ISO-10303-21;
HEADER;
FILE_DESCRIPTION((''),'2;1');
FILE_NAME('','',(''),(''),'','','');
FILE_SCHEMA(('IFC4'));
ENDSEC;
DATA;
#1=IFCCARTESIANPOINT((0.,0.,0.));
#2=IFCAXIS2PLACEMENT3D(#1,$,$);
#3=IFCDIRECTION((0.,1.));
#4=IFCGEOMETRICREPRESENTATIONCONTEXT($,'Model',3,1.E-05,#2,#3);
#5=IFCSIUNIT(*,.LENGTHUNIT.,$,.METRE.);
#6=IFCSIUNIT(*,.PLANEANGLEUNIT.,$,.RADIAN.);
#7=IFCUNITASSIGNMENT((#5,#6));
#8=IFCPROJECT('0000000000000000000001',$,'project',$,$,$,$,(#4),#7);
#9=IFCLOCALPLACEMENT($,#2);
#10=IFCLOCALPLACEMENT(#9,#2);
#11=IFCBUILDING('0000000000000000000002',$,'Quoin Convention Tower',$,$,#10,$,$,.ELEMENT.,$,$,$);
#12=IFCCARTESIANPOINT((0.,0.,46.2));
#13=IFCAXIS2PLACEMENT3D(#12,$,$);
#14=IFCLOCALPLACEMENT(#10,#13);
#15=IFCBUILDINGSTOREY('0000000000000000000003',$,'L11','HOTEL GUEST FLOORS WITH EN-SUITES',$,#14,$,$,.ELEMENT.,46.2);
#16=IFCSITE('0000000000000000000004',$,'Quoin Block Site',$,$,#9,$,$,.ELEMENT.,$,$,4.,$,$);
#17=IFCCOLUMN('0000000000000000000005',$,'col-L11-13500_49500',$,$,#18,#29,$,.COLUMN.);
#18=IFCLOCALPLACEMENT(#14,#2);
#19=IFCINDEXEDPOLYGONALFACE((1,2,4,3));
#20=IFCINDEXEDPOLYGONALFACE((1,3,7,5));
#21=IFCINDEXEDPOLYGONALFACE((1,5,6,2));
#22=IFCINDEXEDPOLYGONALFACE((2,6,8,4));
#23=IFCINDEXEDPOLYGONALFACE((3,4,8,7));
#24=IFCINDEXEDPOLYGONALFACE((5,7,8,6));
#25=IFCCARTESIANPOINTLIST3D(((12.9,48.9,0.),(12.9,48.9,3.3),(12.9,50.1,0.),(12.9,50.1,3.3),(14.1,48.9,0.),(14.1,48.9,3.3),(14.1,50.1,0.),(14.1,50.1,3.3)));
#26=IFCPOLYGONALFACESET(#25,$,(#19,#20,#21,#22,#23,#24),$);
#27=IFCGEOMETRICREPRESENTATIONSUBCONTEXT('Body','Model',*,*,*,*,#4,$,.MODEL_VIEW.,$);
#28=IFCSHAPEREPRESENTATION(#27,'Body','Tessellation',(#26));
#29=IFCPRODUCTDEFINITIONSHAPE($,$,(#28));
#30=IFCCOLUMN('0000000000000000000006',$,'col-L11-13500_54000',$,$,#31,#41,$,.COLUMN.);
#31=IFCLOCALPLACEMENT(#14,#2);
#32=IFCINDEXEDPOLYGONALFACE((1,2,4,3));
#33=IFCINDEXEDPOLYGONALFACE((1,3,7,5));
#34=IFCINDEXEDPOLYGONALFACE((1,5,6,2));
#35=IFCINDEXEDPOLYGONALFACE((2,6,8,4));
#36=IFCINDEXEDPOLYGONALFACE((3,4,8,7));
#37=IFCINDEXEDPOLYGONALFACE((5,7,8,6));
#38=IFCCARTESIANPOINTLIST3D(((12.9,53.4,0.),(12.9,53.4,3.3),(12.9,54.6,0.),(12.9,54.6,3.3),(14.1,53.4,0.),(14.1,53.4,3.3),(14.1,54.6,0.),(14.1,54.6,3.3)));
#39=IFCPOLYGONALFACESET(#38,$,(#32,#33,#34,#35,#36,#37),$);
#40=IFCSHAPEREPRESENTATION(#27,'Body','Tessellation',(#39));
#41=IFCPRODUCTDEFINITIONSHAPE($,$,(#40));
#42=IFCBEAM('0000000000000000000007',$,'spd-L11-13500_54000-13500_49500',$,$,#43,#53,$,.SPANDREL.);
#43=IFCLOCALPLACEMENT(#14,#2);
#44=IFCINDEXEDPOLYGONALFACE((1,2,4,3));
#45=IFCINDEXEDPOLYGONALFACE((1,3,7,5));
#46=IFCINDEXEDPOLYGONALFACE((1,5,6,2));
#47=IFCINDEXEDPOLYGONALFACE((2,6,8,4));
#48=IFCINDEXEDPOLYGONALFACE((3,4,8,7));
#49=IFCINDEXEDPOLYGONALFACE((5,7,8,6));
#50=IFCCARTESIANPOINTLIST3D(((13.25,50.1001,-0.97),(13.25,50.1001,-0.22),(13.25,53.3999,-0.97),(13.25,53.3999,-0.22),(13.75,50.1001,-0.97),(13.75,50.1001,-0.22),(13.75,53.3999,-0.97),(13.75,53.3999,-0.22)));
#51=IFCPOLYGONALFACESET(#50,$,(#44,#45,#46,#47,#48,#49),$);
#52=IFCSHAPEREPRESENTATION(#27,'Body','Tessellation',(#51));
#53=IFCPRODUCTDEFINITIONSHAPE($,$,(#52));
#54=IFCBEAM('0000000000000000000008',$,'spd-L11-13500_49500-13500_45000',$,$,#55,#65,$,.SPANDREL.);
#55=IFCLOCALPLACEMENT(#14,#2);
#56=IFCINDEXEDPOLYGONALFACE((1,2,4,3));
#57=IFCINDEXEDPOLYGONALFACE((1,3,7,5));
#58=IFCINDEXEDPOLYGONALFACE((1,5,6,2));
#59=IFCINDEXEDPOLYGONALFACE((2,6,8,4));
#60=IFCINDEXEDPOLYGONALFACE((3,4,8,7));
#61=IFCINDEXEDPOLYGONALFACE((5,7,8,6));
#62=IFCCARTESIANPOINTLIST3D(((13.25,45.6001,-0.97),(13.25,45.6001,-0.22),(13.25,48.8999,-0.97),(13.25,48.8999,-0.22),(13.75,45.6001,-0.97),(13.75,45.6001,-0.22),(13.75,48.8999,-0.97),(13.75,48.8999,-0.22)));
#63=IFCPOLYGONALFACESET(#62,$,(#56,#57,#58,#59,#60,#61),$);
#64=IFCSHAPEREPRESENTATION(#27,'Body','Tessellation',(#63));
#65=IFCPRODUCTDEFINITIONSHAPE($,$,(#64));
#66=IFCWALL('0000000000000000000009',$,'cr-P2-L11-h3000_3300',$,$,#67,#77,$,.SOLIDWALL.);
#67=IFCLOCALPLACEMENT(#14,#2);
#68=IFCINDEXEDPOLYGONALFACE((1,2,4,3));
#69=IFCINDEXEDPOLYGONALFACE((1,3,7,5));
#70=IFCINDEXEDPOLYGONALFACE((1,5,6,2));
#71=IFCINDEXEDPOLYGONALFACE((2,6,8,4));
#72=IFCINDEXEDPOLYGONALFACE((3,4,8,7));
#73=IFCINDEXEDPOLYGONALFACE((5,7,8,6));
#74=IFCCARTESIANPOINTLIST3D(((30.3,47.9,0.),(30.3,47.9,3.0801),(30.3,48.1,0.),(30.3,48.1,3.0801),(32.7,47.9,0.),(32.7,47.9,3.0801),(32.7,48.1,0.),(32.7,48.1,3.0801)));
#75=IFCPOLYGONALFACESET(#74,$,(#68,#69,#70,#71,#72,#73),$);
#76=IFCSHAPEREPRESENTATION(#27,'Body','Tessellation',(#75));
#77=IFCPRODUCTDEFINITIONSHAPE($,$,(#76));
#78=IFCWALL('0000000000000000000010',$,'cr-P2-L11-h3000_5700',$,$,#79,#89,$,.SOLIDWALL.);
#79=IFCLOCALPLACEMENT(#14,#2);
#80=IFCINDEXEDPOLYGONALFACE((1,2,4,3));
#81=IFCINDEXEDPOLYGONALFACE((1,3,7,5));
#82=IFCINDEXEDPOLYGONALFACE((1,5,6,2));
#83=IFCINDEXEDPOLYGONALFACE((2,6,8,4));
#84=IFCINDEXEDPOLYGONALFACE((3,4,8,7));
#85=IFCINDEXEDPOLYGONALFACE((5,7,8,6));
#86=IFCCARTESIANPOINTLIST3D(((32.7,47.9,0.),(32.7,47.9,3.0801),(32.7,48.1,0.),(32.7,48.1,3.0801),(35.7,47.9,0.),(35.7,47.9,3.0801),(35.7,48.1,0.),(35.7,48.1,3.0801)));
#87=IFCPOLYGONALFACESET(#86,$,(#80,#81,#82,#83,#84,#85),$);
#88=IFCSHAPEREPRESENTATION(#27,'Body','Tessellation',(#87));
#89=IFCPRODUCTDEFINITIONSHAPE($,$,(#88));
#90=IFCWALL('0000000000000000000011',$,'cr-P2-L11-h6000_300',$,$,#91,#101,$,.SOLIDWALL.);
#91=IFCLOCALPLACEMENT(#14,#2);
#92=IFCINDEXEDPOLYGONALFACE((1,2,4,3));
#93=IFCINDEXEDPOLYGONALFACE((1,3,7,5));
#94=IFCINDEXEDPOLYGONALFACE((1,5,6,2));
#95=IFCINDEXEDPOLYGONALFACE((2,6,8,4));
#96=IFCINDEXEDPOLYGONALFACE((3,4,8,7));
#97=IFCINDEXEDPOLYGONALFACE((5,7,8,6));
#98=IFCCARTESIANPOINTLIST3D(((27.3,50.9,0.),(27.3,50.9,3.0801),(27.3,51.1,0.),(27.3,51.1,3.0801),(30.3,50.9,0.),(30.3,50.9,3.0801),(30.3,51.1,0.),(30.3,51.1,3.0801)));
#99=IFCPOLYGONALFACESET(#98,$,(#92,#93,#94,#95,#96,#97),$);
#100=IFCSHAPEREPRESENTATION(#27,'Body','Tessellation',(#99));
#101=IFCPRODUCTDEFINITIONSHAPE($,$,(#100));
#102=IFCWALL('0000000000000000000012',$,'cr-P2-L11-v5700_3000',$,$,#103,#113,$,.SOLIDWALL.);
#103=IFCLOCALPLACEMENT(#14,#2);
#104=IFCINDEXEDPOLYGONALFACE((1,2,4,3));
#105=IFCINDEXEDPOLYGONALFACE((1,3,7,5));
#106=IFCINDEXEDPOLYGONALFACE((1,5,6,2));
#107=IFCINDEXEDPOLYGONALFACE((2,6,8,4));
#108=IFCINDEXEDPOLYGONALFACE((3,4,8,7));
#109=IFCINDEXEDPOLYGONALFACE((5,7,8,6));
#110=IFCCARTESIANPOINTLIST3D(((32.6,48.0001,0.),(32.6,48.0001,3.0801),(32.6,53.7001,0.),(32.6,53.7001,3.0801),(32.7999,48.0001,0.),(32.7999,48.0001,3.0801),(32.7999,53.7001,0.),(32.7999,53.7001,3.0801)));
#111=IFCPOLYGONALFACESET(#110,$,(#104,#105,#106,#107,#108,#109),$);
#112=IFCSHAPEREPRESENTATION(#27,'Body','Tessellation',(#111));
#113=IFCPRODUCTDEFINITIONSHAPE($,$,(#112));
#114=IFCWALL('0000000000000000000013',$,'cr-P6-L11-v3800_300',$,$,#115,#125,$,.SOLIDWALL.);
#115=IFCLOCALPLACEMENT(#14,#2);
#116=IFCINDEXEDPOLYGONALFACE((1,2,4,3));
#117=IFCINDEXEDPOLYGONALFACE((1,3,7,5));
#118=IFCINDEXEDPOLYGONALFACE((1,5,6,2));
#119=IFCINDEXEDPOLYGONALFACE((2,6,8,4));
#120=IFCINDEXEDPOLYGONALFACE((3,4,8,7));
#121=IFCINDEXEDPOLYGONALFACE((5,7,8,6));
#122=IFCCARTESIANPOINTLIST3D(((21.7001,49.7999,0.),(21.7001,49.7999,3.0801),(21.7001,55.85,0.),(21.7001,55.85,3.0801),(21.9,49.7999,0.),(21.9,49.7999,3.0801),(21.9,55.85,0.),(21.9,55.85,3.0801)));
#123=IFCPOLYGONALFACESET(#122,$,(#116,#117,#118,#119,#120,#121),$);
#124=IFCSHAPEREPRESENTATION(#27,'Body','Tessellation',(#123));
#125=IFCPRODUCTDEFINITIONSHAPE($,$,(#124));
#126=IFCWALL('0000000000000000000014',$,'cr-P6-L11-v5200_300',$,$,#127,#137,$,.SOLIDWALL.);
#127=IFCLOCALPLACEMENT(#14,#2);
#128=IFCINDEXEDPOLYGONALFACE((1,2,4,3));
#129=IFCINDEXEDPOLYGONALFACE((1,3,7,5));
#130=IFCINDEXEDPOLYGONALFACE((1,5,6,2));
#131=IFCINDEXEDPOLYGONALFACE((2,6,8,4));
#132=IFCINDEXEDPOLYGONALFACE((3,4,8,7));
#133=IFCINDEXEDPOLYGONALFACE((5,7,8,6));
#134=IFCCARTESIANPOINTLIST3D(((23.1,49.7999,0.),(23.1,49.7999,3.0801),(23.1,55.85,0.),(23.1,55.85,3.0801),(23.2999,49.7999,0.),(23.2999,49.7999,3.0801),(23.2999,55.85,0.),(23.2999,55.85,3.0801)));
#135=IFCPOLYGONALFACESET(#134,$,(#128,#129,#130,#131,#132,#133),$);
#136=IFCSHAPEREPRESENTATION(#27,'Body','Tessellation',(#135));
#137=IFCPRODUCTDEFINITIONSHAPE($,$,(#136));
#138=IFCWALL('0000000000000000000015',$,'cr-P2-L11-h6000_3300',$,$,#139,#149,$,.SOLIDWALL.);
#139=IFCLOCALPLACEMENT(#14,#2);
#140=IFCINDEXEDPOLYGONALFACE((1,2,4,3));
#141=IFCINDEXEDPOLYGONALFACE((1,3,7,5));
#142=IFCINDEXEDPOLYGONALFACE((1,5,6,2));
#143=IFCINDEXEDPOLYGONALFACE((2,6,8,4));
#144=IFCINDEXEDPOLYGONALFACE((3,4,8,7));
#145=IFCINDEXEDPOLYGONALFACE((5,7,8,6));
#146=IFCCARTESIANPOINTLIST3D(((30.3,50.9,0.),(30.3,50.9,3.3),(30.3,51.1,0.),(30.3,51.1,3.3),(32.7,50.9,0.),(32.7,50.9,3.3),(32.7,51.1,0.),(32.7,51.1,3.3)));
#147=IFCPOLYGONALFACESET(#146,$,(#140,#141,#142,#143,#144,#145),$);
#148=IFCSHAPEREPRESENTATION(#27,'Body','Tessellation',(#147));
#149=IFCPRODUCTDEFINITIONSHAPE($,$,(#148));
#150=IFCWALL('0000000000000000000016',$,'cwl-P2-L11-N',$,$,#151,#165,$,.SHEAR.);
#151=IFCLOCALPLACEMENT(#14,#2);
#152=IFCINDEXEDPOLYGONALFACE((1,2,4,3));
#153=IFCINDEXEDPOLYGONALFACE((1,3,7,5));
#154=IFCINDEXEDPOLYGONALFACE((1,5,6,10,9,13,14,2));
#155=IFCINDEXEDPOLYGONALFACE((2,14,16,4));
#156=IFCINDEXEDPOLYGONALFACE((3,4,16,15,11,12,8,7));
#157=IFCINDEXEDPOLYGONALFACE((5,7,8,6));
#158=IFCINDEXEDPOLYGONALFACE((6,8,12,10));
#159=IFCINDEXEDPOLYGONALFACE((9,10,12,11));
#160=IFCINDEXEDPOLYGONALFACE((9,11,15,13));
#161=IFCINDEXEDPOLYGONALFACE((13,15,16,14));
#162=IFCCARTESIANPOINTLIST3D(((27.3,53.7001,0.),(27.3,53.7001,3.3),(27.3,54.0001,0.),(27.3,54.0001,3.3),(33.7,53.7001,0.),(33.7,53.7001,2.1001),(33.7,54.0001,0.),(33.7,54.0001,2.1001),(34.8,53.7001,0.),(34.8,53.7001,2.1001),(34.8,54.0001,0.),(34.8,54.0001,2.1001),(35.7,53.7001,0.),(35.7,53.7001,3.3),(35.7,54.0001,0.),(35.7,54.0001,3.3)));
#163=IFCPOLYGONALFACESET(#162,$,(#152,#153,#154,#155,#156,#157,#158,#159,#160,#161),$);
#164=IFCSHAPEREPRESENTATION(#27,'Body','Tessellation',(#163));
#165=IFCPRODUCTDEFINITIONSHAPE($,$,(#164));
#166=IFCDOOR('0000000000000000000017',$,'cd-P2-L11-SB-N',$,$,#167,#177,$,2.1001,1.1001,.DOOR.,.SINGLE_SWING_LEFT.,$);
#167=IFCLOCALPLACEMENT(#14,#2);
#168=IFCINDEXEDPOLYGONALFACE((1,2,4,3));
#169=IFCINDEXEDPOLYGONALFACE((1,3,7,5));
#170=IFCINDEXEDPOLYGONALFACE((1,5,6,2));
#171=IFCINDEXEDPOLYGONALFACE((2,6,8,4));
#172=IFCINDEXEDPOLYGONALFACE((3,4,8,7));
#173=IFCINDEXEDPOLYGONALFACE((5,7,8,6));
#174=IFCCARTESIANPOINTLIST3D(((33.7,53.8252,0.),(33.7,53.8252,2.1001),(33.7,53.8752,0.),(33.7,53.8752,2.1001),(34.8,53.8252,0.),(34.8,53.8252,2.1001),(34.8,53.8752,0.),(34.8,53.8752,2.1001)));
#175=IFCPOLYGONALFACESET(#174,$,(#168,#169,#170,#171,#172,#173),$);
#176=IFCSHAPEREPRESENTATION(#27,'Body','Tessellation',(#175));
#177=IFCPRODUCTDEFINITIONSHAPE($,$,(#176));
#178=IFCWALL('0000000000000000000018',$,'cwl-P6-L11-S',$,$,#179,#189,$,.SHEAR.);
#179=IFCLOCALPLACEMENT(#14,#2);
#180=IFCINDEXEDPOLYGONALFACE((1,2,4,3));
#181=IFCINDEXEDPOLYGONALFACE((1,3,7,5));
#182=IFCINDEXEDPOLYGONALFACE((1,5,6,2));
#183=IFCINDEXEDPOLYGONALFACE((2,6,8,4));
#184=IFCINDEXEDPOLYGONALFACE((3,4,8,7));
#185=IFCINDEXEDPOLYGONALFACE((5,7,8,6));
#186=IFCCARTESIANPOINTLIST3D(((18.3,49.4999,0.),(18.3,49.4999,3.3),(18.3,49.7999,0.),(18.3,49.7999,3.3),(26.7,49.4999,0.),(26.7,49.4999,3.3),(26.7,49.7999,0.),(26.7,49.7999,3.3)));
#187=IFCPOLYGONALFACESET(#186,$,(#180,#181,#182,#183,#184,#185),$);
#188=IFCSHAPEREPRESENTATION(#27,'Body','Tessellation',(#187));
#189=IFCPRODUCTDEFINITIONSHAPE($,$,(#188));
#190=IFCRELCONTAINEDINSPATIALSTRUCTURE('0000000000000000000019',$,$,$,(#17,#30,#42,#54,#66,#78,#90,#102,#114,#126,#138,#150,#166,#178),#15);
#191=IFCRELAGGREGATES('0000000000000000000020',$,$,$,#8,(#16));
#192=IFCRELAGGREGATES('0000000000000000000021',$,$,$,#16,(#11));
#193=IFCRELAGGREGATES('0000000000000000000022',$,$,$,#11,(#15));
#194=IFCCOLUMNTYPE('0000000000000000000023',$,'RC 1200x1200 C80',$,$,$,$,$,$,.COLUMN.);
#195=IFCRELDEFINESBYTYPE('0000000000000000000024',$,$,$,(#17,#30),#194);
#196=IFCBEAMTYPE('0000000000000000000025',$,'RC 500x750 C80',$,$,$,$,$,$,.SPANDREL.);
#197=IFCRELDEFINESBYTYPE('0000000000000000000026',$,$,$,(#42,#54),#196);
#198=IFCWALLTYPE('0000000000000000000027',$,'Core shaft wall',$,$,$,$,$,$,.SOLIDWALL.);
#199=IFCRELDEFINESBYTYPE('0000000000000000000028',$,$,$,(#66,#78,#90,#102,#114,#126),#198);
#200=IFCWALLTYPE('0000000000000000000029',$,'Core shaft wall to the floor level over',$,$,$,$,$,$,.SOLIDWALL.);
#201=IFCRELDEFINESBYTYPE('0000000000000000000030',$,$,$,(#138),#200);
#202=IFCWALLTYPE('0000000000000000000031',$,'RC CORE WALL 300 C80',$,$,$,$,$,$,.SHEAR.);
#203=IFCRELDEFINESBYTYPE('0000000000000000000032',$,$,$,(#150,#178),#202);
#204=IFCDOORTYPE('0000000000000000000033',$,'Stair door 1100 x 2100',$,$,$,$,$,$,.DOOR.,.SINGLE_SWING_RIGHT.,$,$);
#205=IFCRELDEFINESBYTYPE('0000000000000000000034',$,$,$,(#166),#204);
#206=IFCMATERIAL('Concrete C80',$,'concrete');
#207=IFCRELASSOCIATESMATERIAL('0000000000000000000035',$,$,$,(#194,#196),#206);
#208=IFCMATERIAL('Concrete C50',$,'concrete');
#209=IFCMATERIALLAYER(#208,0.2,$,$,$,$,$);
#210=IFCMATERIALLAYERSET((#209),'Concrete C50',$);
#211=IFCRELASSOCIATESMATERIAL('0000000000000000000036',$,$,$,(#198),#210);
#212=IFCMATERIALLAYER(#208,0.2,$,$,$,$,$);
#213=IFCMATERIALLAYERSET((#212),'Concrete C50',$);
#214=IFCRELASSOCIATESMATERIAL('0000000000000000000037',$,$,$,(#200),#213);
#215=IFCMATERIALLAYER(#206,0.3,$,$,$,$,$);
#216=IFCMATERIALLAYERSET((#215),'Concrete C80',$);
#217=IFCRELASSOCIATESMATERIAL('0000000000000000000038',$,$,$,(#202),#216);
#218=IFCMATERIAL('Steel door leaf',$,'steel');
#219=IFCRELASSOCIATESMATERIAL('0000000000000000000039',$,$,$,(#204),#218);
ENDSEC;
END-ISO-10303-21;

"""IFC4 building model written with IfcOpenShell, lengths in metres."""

from ifc_helpers import new_model, si_unit, direction, frame, frame_2d, origin, origin_2d, place, context, subcontext, project, spatial, rectangle, extrude, material, layer, layer_set, material_profile, profile_set, type_object, element, fill, save


model = new_model("IFC4")

# Units and contexts
model_context = context("Model", 3, precision=1e-05, world=origin(), true_north=direction((0.0, 1.0)))
body_context = subcontext(model_context, "Body", "Model", "MODEL_VIEW")
ifc_project = project(units=[si_unit("LENGTHUNIT", "METRE"), si_unit("PLANEANGLEUNIT", "RADIAN")], contexts=[model_context])

# Site, building, storey
site_placement = place(None, origin())
site = spatial("IfcSite", under=ifc_project, at=site_placement, Name="Quoin Block Site", CompositionType="ELEMENT", RefElevation=4.0)
building_placement = place(site_placement, origin())
building = spatial("IfcBuilding", under=site, at=building_placement, Name="Quoin Convention Tower", CompositionType="ELEMENT")
storey_placement = place(building_placement, frame((0.0, 0.0, 46.2)))
storey = spatial("IfcBuildingStorey", under=building, at=storey_placement, Name="L11", Description="HOTEL GUEST FLOORS WITH EN-SUITES", CompositionType="ELEMENT", Elevation=46.2)

# Columns
ifc_material_1 = material(Name="Concrete C80", Category="concrete")
ifc_material_profile_1 = material_profile(ifc_material_1, rectangle(XDim=1.2, YDim=1.2, at=origin_2d()), Name="RC 1200x1200")
ifc_profile_set_1 = profile_set([ifc_material_profile_1], Name="Concrete C80")
column_type = type_object("IfcColumnType", Name="RC 1200x1200 C80", PredefinedType="COLUMN", material=ifc_profile_set_1)
for number, where, z_axis, x_axis, name in (
    (1, (13.5, 49.5, 0.0), (0.0, 0.0, 1.0), (1.0, 0.0, 0.0), "col-L11-13500_49500"),
    (2, (13.5, 54.0, 0.0), (0.0, 0.0, 1.0), (1.0, 0.0, 0.0), "col-L11-13500_54000"),
):
    element("IfcColumn", number, at=place(storey_placement, frame(where, z_axis=z_axis, x_axis=x_axis)), inside=storey, type_object=column_type, Name=name, PredefinedType="COLUMN", context=body_context, shape_type="SweptSolid", body=[
        extrude(rectangle(XDim=1.2, YDim=1.2, at=origin_2d()), origin(), (0.0, 0.0, 1.0), 3.3),
    ])

# Beams
ifc_material_profile_2 = material_profile(ifc_material_1, rectangle(XDim=0.5, YDim=0.75, at=origin_2d()), Name="RC 500x750")
ifc_profile_set_2 = profile_set([ifc_material_profile_2], Name="Concrete C80")
beam_type = type_object("IfcBeamType", Name="RC 500x750 C80", PredefinedType="SPANDREL", material=ifc_profile_set_2)
for number, where, z_axis, x_axis, name in (
    (3, (13.5, 53.3999, -0.595), (0.0, -1.0, 0.0), (1.0, 0.0, 0.0), "spd-L11-13500_54000-13500_49500"),
    (4, (13.5, 48.8999, -0.595), (0.0, -1.0, 0.0), (1.0, 0.0, 0.0), "spd-L11-13500_49500-13500_45000"),
):
    element("IfcBeam", number, at=place(storey_placement, frame(where, z_axis=z_axis, x_axis=x_axis)), inside=storey, type_object=beam_type, Name=name, PredefinedType="SPANDREL", context=body_context, shape_type="SweptSolid", body=[
        extrude(rectangle(XDim=0.5, YDim=0.75, at=origin_2d()), origin(), (0.0, 0.0, 1.0), 3.2998),
    ])

# Walls
ifc_material_2 = material(Name="Concrete C50", Category="concrete")
ifc_layer_1 = layer(ifc_material_2, 0.2)
ifc_layer_set_1 = layer_set([ifc_layer_1], Name="Concrete C50")
wall_type_1 = type_object("IfcWallType", Name="Core shaft wall", PredefinedType="SOLIDWALL", material=ifc_layer_set_1)
wall_1_placement = place(storey_placement, frame((30.3, 48.0, 0.0), z_axis=(0.0, 0.0, 1.0), x_axis=(1.0, 0.0, 0.0)))
element("IfcWall", 5, at=wall_1_placement, inside=storey, type_object=wall_type_1, Name="cr-P2-L11-h3000_3300", PredefinedType="SOLIDWALL", context=body_context, shape_type="SweptSolid", body=[
    extrude(rectangle(XDim=2.3999, YDim=0.2, at=frame_2d((1.2, 0.0))), origin(), (0.0, 0.0, 1.0), 3.0801),
])
for number, where, z_axis, x_axis, name in (
    (6, (32.7, 48.0, 0.0), (0.0, 0.0, 1.0), (1.0, 0.0, 0.0), "cr-P2-L11-h3000_5700"),
    (7, (27.3, 51.0, 0.0), (0.0, 0.0, 1.0), (1.0, 0.0, 0.0), "cr-P2-L11-h6000_300"),
):
    element("IfcWall", number, at=place(storey_placement, frame(where, z_axis=z_axis, x_axis=x_axis)), inside=storey, type_object=wall_type_1, Name=name, PredefinedType="SOLIDWALL", context=body_context, shape_type="SweptSolid", body=[
        extrude(rectangle(XDim=3.0, YDim=0.2, at=frame_2d((1.5, 0.0))), origin(), (0.0, 0.0, 1.0), 3.0801),
    ])
wall_2_placement = place(storey_placement, frame((32.7, 48.0, 0.0), z_axis=(0.0, 0.0, 1.0), x_axis=(0.0, 1.0, 0.0)))
element("IfcWall", 8, at=wall_2_placement, inside=storey, type_object=wall_type_1, Name="cr-P2-L11-v5700_3000", PredefinedType="SOLIDWALL", context=body_context, shape_type="SweptSolid", body=[
    extrude(rectangle(XDim=5.7, YDim=0.2, at=frame_2d((2.8501, 0.0))), origin(), (0.0, 0.0, 1.0), 3.0801),
])
for number, where, z_axis, x_axis, name in (
    (9, (21.8, 49.8, 0.0), (0.0, 0.0, 1.0), (0.0, 1.0, 0.0), "cr-P6-L11-v3800_300"),
    (10, (23.2, 49.8, 0.0), (0.0, 0.0, 1.0), (0.0, 1.0, 0.0), "cr-P6-L11-v5200_300"),
):
    element("IfcWall", number, at=place(storey_placement, frame(where, z_axis=z_axis, x_axis=x_axis)), inside=storey, type_object=wall_type_1, Name=name, PredefinedType="SOLIDWALL", context=body_context, shape_type="SweptSolid", body=[
        extrude(rectangle(XDim=6.05, YDim=0.2, at=frame_2d((3.0249, 0.0))), origin(), (0.0, 0.0, 1.0), 3.0801),
    ])
ifc_layer_2 = layer(ifc_material_2, 0.2)
ifc_layer_set_2 = layer_set([ifc_layer_2], Name="Concrete C50")
wall_type_2 = type_object("IfcWallType", Name="Core shaft wall to the floor level over", PredefinedType="SOLIDWALL", material=ifc_layer_set_2)
wall_3_placement = place(storey_placement, frame((30.3, 51.0, 0.0), z_axis=(0.0, 0.0, 1.0), x_axis=(1.0, 0.0, 0.0)))
element("IfcWall", 11, at=wall_3_placement, inside=storey, type_object=wall_type_2, Name="cr-P2-L11-h6000_3300", PredefinedType="SOLIDWALL", context=body_context, shape_type="SweptSolid", body=[
    extrude(rectangle(XDim=2.3999, YDim=0.2, at=frame_2d((1.2, 0.0))), origin(), (0.0, 0.0, 1.0), 3.3),
])

# Wall, opening, door
ifc_layer_3 = layer(ifc_material_1, 0.3)
ifc_layer_set_3 = layer_set([ifc_layer_3], Name="Concrete C80")
wall_type_3 = type_object("IfcWallType", Name="RC CORE WALL 300 C80", PredefinedType="SHEAR", material=ifc_layer_set_3)
wall_4_placement = place(storey_placement, frame((27.3, 53.8501, 0.0), z_axis=(0.0, 0.0, 1.0), x_axis=(1.0, 0.0, 0.0)))
wall_4 = element("IfcWall", 12, at=wall_4_placement, inside=storey, type_object=wall_type_3, Name="cwl-P2-L11-N", PredefinedType="SHEAR", context=body_context, shape_type="SweptSolid", body=[
    extrude(rectangle(XDim=8.3999, YDim=0.3, at=frame_2d((4.2, 0.0))), origin(), (0.0, 0.0, 1.0), 3.3),
])
opening_placement = place(wall_4_placement, frame((6.3999, 0.0, 0.0)))
opening = element("IfcOpeningElement", 13, at=opening_placement, cuts=wall_4, PredefinedType="OPENING", context=body_context, shape_type="SweptSolid", body=[
    extrude(rectangle(XDim=1.1001, YDim=2.1001, at=frame_2d((0.55, 1.05))), frame((0.0, 0.1599, 0.0), z_axis=(0.0, -1.0, 0.0), x_axis=(1.0, 0.0, 0.0)), (0.0, 0.0, 1.0), 0.3201),
])
ifc_material_3 = material(Name="Steel door leaf", Category="steel")
door_type = type_object("IfcDoorType", Name="Stair door 1100 x 2100", OperationType="SINGLE_SWING_RIGHT", PredefinedType="DOOR", material=ifc_material_3)
door_placement = place(opening_placement, frame((1.1001, 0.0, 0.0), z_axis=(0.0, 0.0, 1.0), x_axis=(-1.0, 0.0, 0.0)))
door = element("IfcDoor", 14, at=door_placement, inside=storey, type_object=door_type, Name="cd-P2-L11-SB-N", OperationType="SINGLE_SWING_LEFT", OverallHeight=2.1001, OverallWidth=1.1001, PredefinedType="DOOR", context=body_context, shape_type="SweptSolid", body=[
    extrude(rectangle(XDim=1.1001, YDim=2.1001, at=frame_2d((0.55, 1.05))), frame((0.0, 0.0249, 0.0), z_axis=(0.0, -1.0, 0.0), x_axis=(1.0, 0.0, 0.0)), (0.0, 0.0, 1.0), 0.05),
])
fill(opening, door)

# Wall
wall_5_placement = place(storey_placement, frame((18.3, 49.6499, 0.0), z_axis=(0.0, 0.0, 1.0), x_axis=(1.0, 0.0, 0.0)))
element("IfcWall", 15, at=wall_5_placement, inside=storey, type_object=wall_type_3, Name="cwl-P6-L11-S", PredefinedType="SHEAR", context=body_context, shape_type="SweptSolid", body=[
    extrude(rectangle(XDim=8.3999, YDim=0.3, at=frame_2d((4.2, 0.0))), origin(), (0.0, 0.0, 1.0), 3.3),
])

save(model, "model.ifc")
